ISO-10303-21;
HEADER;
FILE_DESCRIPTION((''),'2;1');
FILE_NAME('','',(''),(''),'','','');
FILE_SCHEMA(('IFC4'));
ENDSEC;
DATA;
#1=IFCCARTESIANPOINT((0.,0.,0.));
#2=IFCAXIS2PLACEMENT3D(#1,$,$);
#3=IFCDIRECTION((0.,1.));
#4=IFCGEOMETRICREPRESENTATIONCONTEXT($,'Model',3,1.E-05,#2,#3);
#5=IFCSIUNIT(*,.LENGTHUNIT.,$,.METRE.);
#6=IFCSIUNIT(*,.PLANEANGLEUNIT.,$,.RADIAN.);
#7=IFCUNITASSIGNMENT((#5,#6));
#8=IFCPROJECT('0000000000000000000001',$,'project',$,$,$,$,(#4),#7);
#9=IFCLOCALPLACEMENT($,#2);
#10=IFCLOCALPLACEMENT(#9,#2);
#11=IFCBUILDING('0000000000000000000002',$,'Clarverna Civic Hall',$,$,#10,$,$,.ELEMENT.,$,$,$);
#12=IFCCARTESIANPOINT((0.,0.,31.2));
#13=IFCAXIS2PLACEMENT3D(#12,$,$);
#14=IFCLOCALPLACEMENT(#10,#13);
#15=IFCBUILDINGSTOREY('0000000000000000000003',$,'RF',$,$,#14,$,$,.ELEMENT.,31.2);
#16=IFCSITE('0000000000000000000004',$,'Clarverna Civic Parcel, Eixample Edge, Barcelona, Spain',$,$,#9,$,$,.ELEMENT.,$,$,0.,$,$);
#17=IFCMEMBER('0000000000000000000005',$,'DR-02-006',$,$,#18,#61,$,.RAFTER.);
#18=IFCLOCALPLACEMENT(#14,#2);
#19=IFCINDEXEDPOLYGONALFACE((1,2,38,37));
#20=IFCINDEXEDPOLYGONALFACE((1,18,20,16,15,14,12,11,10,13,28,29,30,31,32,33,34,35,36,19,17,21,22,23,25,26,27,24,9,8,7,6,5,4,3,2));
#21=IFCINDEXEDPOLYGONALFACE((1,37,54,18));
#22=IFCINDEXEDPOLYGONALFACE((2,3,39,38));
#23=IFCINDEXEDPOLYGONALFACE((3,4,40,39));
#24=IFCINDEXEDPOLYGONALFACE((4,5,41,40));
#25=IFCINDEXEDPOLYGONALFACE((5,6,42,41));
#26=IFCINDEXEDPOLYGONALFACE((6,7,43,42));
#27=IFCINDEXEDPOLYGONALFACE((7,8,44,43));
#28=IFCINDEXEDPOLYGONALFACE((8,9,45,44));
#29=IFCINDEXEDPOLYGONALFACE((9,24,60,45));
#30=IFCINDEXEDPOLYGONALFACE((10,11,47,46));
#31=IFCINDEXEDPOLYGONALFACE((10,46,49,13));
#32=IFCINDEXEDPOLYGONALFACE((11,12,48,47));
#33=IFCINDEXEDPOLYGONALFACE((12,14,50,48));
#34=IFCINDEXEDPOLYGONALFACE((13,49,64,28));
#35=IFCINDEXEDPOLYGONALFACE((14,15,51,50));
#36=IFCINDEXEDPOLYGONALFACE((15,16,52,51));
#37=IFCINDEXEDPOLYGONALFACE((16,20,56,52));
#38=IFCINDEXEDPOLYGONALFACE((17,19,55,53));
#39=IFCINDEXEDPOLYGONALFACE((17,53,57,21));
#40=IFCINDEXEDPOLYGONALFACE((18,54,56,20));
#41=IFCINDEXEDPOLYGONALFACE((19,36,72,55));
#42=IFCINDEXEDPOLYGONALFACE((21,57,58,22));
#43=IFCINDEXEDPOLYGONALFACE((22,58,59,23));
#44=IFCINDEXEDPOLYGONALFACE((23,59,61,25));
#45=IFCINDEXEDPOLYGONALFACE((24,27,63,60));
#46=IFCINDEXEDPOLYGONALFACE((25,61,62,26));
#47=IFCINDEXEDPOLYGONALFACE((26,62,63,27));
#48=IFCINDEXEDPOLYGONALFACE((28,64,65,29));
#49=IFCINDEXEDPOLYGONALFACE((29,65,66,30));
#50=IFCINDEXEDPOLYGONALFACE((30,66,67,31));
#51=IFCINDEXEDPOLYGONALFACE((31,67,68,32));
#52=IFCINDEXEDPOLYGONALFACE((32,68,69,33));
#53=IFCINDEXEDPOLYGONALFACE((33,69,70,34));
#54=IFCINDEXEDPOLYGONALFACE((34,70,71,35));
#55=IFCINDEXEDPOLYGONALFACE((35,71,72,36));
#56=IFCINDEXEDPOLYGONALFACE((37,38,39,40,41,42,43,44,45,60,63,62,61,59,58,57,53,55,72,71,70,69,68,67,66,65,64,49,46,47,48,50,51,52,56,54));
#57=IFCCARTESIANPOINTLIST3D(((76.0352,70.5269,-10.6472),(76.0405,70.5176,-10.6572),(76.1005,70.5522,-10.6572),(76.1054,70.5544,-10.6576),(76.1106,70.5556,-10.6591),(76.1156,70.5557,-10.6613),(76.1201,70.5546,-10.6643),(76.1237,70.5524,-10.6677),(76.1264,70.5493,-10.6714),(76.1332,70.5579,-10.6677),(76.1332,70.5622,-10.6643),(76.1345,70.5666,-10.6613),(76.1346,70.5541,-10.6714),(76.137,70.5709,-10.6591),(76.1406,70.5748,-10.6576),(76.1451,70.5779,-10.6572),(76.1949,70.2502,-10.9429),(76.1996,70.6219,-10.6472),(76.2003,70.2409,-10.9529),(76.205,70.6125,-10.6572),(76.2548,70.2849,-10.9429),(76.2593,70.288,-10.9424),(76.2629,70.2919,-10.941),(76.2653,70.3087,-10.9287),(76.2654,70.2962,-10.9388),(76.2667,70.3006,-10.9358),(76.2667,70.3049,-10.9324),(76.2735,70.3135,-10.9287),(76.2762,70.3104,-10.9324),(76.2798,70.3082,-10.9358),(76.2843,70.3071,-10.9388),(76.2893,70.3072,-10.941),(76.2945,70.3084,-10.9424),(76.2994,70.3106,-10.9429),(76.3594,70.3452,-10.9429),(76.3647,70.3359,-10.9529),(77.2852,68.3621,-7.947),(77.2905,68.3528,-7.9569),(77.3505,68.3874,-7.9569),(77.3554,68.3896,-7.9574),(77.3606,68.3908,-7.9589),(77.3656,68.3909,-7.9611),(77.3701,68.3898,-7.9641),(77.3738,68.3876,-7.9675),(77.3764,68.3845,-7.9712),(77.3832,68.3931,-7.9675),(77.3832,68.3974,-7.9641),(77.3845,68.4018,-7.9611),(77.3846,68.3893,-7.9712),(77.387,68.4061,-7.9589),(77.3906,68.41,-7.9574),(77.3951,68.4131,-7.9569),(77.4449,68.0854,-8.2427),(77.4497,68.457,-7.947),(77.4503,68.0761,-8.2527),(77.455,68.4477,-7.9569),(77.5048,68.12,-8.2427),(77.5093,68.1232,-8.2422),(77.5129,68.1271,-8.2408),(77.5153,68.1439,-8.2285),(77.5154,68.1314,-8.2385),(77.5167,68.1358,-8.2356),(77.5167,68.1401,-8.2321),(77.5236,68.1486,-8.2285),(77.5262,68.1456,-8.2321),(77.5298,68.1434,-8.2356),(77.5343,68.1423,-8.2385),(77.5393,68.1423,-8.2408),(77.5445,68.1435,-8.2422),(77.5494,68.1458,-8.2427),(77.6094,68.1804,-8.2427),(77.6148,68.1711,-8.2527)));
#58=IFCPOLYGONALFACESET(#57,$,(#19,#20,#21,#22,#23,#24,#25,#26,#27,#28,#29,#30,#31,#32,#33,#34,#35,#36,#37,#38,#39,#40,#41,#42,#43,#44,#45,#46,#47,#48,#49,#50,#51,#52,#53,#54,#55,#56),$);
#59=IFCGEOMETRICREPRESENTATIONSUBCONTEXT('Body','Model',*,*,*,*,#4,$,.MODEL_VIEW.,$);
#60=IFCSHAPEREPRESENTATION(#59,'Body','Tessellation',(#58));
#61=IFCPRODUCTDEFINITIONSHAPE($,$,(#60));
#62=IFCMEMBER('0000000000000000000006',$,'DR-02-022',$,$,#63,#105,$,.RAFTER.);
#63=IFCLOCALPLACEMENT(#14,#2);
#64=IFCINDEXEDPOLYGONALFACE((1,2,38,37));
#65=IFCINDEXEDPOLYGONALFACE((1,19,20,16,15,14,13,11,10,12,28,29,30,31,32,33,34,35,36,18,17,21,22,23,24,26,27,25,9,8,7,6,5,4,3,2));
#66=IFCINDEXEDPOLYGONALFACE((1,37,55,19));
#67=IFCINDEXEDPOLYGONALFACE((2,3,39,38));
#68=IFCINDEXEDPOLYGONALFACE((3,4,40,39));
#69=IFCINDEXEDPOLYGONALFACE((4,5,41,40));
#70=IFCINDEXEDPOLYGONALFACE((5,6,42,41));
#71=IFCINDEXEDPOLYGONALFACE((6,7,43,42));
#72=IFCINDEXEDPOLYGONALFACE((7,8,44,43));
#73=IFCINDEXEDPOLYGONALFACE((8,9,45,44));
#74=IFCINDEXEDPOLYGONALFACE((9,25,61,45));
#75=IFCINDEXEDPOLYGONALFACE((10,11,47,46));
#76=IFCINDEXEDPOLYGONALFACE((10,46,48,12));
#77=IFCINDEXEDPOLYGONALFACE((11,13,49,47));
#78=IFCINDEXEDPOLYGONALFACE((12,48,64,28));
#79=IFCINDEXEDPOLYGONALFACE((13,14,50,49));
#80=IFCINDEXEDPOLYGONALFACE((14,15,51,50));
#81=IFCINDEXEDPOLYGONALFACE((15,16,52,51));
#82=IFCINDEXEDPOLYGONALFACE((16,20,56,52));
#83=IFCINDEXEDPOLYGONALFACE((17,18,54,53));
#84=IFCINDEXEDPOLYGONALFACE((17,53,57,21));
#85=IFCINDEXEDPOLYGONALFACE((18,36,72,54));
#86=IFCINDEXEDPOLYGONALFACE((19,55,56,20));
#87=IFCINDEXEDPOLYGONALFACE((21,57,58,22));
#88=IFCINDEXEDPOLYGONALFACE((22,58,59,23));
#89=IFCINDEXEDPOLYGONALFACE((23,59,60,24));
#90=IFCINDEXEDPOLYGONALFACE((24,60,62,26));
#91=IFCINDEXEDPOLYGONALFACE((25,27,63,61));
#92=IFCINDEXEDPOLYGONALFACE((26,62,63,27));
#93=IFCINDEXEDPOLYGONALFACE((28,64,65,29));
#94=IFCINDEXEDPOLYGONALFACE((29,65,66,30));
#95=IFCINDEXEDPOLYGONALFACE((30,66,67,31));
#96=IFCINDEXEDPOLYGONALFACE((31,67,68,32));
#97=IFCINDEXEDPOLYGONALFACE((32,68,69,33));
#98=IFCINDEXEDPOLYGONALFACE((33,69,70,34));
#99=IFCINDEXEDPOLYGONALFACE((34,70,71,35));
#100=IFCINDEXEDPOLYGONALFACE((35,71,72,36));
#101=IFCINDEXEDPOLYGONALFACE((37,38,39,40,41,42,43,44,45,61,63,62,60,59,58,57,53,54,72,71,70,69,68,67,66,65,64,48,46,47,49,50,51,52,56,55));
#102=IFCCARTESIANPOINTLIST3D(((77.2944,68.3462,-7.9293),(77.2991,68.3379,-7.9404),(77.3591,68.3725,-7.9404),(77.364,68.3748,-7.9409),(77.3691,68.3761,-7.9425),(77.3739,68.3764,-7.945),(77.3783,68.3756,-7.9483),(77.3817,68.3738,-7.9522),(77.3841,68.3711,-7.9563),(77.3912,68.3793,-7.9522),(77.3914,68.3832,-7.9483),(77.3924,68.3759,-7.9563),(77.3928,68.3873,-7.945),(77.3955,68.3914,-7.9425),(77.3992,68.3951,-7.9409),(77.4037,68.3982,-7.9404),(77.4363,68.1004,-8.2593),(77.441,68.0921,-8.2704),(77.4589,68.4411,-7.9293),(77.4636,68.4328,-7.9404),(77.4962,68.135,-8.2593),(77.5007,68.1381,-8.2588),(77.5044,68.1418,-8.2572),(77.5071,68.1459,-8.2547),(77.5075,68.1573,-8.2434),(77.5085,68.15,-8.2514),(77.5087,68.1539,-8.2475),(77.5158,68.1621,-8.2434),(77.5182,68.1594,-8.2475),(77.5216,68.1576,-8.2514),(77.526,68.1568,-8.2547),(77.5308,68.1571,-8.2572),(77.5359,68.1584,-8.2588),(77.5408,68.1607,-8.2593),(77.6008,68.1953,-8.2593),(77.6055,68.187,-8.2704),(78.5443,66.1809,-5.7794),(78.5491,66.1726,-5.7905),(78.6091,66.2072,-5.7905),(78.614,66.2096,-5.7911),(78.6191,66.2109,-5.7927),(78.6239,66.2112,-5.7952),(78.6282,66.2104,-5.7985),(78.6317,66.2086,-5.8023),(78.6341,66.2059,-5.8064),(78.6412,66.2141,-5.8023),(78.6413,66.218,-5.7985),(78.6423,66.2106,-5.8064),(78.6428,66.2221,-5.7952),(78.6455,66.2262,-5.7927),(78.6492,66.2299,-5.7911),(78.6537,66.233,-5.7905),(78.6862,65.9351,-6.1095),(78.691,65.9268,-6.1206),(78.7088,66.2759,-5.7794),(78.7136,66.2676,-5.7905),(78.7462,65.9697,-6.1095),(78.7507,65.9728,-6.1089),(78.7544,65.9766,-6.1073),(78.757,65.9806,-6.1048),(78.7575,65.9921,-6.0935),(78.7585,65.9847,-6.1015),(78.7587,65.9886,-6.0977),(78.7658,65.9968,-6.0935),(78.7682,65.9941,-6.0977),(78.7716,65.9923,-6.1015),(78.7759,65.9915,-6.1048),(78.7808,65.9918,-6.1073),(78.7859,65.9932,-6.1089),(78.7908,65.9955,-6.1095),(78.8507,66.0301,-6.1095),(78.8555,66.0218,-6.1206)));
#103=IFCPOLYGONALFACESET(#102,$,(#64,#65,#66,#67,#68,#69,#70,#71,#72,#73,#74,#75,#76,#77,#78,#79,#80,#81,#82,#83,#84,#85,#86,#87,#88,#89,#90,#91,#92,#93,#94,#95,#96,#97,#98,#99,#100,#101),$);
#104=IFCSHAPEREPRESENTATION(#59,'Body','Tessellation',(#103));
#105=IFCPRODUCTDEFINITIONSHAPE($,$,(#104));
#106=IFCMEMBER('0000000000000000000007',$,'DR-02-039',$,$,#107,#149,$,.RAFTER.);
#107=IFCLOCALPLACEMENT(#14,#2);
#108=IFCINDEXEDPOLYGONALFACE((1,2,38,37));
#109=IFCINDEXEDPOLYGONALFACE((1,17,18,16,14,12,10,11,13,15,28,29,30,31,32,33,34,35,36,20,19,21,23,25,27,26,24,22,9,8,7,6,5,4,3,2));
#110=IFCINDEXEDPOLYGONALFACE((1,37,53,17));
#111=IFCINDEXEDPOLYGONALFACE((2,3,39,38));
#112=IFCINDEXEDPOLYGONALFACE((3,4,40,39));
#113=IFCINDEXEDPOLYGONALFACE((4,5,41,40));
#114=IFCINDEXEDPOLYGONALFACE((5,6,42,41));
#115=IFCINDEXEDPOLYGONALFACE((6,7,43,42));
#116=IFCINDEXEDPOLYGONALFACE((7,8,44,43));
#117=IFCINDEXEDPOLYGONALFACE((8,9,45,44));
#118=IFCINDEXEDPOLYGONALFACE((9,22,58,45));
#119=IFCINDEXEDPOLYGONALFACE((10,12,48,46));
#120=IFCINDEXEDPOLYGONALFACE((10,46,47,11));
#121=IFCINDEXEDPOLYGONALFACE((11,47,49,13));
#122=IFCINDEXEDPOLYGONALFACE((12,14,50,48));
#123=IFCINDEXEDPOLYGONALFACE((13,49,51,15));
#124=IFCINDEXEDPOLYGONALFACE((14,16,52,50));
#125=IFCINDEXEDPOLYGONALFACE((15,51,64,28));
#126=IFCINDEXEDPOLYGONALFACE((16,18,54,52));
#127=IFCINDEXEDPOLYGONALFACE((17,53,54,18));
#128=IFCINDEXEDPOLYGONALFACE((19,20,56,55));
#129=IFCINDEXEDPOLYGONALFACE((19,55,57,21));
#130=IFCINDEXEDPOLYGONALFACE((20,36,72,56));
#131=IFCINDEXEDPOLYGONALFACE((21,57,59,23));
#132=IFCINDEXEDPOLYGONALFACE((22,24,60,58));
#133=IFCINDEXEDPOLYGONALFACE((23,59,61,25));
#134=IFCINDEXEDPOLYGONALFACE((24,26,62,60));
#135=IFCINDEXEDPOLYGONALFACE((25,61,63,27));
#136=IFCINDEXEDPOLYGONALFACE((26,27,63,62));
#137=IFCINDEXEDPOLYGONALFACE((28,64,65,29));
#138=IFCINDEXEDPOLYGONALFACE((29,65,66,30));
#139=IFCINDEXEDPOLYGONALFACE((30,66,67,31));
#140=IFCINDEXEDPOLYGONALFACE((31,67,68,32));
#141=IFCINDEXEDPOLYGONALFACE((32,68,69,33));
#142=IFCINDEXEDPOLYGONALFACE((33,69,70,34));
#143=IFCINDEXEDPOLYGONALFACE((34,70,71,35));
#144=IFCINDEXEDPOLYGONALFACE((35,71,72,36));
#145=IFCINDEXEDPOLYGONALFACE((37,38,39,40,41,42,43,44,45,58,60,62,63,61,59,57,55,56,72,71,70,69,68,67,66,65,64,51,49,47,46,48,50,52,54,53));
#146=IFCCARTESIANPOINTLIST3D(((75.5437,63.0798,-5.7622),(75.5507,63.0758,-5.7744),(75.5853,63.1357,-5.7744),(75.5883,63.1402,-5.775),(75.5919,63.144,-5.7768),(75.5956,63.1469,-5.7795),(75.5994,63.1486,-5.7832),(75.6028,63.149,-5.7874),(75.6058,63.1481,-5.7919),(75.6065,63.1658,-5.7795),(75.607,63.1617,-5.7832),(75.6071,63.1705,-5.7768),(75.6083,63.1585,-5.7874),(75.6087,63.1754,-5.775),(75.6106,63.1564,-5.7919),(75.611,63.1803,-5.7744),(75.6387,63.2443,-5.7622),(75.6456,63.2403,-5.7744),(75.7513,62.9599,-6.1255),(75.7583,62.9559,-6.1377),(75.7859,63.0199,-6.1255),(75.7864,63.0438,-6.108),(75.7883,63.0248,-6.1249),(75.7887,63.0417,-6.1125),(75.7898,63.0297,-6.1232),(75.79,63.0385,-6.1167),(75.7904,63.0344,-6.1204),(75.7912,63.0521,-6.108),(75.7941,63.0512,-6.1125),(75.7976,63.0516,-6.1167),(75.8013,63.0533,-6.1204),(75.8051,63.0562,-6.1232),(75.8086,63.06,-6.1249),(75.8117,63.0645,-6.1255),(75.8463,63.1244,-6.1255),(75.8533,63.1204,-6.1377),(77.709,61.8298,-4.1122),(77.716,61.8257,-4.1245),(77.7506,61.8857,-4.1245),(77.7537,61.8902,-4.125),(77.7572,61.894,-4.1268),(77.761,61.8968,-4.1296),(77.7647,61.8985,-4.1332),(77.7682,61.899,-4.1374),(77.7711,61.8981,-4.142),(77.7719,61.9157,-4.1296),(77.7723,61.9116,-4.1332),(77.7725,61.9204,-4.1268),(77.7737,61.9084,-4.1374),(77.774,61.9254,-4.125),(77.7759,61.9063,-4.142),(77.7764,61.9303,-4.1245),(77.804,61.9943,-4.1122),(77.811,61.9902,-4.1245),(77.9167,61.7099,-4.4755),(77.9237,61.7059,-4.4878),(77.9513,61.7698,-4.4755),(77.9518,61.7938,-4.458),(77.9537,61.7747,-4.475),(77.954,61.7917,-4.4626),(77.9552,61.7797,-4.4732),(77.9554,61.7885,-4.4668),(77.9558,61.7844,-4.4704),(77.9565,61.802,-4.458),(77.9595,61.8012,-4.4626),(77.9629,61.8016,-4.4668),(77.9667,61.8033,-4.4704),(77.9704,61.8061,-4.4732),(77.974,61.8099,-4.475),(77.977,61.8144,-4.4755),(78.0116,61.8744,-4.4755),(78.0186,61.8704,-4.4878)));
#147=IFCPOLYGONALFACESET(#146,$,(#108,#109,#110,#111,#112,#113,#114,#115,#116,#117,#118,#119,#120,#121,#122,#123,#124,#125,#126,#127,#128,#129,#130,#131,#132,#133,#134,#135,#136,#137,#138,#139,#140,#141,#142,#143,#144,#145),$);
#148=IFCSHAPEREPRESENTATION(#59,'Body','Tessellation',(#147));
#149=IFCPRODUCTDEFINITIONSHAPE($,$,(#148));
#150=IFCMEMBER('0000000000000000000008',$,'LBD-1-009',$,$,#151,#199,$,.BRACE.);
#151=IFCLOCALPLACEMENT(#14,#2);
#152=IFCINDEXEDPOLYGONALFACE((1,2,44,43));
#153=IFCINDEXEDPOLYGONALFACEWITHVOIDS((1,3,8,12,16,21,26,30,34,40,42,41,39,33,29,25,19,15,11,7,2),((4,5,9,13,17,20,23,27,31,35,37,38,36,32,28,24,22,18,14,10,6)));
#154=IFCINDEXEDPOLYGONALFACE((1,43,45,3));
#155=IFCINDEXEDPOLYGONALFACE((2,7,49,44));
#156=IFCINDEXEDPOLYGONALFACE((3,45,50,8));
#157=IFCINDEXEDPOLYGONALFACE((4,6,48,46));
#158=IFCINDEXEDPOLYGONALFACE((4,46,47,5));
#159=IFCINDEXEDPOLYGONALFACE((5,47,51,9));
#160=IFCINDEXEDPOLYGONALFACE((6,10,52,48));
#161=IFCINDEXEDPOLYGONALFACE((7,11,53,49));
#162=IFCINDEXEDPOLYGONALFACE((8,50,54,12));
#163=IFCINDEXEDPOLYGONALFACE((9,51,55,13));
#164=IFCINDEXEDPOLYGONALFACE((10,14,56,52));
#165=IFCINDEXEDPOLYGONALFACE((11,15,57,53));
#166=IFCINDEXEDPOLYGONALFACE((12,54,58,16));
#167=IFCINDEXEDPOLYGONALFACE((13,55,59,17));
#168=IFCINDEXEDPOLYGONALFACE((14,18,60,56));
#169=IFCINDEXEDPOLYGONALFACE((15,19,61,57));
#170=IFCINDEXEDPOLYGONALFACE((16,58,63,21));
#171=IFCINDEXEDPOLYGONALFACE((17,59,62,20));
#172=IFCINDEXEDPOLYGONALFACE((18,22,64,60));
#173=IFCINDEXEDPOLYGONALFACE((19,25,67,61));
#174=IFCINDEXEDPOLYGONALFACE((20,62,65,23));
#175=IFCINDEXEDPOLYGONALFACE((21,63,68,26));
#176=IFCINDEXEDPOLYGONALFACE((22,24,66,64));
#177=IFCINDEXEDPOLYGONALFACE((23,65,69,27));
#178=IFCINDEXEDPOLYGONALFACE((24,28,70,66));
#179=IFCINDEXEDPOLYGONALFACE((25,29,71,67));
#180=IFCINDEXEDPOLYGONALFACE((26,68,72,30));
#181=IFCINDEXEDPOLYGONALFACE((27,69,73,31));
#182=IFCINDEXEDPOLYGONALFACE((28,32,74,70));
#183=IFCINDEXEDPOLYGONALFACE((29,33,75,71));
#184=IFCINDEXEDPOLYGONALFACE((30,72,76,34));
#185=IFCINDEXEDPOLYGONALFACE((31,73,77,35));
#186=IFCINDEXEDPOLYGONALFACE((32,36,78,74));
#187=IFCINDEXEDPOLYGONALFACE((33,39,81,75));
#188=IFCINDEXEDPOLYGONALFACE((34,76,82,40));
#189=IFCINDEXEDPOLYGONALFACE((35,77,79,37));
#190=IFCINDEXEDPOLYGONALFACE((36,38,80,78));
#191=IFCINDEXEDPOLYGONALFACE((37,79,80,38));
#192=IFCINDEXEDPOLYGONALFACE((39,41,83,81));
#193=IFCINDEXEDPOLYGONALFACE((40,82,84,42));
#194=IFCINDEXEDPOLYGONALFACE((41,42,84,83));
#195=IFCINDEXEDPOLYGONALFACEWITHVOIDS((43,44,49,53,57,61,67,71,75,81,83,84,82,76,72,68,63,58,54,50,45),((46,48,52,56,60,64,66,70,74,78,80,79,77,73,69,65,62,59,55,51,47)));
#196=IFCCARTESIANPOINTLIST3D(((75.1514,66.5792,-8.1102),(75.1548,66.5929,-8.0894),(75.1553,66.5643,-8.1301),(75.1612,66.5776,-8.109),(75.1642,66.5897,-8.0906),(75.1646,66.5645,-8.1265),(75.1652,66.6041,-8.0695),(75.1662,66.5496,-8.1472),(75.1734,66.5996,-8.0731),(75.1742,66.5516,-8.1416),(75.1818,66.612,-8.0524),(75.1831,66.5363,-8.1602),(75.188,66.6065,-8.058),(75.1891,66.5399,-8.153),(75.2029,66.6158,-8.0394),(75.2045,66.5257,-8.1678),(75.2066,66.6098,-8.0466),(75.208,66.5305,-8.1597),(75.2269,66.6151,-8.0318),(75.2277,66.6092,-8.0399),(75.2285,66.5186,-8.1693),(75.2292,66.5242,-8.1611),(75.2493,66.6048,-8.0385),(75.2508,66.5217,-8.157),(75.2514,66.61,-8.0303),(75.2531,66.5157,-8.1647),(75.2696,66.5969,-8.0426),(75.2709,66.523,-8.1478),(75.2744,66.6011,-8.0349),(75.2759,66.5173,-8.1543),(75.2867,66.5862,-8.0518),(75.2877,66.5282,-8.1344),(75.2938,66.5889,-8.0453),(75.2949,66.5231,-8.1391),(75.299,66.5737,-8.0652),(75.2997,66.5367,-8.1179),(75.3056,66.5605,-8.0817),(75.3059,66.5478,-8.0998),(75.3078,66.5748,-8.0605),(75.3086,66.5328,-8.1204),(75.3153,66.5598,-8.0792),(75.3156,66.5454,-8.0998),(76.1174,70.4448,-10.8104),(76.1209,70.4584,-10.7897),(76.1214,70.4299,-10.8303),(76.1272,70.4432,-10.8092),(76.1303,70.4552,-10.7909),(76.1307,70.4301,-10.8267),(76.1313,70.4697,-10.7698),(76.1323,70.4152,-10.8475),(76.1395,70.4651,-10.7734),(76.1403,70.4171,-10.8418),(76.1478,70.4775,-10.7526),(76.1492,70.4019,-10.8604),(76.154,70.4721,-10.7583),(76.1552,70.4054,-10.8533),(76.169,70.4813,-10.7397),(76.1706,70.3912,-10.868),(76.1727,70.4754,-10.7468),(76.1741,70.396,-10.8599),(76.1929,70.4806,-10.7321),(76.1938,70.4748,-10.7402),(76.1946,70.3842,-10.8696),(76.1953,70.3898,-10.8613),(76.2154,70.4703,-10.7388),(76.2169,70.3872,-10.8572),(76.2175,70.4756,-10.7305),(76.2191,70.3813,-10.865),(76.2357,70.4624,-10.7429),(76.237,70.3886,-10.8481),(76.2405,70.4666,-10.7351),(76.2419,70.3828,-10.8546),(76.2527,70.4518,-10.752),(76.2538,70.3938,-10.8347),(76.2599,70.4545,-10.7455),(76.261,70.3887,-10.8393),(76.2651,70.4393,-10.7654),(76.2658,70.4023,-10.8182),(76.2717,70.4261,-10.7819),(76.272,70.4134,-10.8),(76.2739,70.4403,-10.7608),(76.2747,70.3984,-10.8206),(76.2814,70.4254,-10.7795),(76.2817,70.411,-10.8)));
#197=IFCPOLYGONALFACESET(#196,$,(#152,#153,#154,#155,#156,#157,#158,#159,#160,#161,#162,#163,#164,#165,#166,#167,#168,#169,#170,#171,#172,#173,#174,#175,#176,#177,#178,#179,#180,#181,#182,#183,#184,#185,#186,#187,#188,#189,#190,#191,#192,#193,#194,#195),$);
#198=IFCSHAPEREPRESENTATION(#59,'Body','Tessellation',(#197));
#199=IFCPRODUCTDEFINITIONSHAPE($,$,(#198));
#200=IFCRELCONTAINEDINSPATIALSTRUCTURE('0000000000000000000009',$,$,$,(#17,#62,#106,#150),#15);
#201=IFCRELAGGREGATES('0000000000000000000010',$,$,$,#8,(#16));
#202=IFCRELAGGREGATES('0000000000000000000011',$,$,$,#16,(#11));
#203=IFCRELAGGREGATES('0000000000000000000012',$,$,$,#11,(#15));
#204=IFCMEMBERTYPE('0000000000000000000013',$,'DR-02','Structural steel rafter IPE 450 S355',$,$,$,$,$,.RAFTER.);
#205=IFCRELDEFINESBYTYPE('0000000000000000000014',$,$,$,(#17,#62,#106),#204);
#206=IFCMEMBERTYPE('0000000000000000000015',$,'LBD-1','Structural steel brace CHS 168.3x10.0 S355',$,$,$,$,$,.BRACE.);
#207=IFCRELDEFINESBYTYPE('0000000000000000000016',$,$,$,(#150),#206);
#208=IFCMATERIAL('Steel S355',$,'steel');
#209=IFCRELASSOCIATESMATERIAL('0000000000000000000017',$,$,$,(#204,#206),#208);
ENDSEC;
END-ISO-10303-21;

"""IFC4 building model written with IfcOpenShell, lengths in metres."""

from ifc_helpers import new_model, si_unit, direction, frame, origin, origin_2d, place, context, subcontext, project, spatial, hollow_circle, i_section, extrude, material, material_profile, profile_set, type_object, element, save


model = new_model("IFC4")

# Units and contexts
model_context = context("Model", 3, precision=1e-05, world=origin(), true_north=direction((0.0, 1.0)))
body_context = subcontext(model_context, "Body", "Model", "MODEL_VIEW")
ifc_project = project(units=[si_unit("LENGTHUNIT", "METRE"), si_unit("PLANEANGLEUNIT", "RADIAN")], contexts=[model_context])

# Site, building, storey
site_placement = place(None, origin())
site = spatial("IfcSite", under=ifc_project, at=site_placement, Name="Clarverna Civic Parcel, Eixample Edge, Barcelona, Spain", CompositionType="ELEMENT", RefElevation=0.0)
building_placement = place(site_placement, origin())
building = spatial("IfcBuilding", under=site, at=building_placement, Name="Clarverna Civic Hall", CompositionType="ELEMENT")
storey_placement = place(building_placement, frame((0.0, 0.0, 31.2)))
storey = spatial("IfcBuildingStorey", under=building, at=storey_placement, Name="RF", CompositionType="ELEMENT", Elevation=31.2)

# Members
ifc_material_1 = material(Name="Steel S355", Category="steel")
ifc_material_profile_1 = material_profile(ifc_material_1, i_section(OverallWidth=0.1899, OverallDepth=0.45, WebThickness=0.0095, FlangeThickness=0.0146, FilletRadius=0.021, at=origin_2d()), Name="IPE 450")
ifc_profile_set_1 = profile_set([ifc_material_profile_1], Name="Steel S355")
member_type_1 = type_object("IfcMemberType", Name="DR-02", Description="Structural steel rafter IPE 450 S355", PredefinedType="RAFTER", material=ifc_profile_set_1)
member_1_placement = place(storey_placement, frame((76.2, 70.4314, -10.8), z_axis=(0.339705, -0.588314, 0.733817), x_axis=(0.865999, 0.500047, 0.0)))
element("IfcMember", 1, at=member_1_placement, inside=storey, type_object=member_type_1, Name="DR-02-006", PredefinedType="RAFTER", context=body_context, shape_type="SweptSolid", body=[
    extrude(i_section(OverallWidth=0.1899, OverallDepth=0.45, WebThickness=0.0095, FlangeThickness=0.0146, FilletRadius=0.021, at=origin_2d()), origin(), (0.0, 0.0, 1.0), 3.6797),
])
member_2_placement = place(storey_placement, frame((77.45, 68.2666, -8.0999), z_axis=(0.379083, -0.656658, 0.651994), x_axis=(0.866047, 0.499962, 0.0)))
element("IfcMember", 2, at=member_2_placement, inside=storey, type_object=member_type_1, Name="DR-02-022", PredefinedType="RAFTER", context=body_context, shape_type="SweptSolid", body=[
    extrude(i_section(OverallWidth=0.1899, OverallDepth=0.45, WebThickness=0.0095, FlangeThickness=0.0146, FilletRadius=0.021, at=origin_2d()), origin(), (0.0, 0.0, 1.0), 3.2974),
])
member_3_placement = place(storey_placement, frame((75.6985, 63.1001, -5.95), z_axis=(0.722841, -0.41729, 0.55079), x_axis=(0.499962, 0.866047, 0.0)))
element("IfcMember", 3, at=member_3_placement, inside=storey, type_object=member_type_1, Name="DR-02-039", PredefinedType="RAFTER", context=body_context, shape_type="SweptSolid", body=[
    extrude(i_section(OverallWidth=0.1899, OverallDepth=0.45, WebThickness=0.0095, FlangeThickness=0.0146, FilletRadius=0.021, at=origin_2d()), origin(), (0.0, 0.0, 1.0), 2.9956),
])
ifc_material_profile_2 = material_profile(ifc_material_1, hollow_circle(Radius=0.0842, WallThickness=0.01, at=origin_2d()), Name="CHS 168.3x10.0")
ifc_profile_set_2 = profile_set([ifc_material_profile_2], Name="Steel S355")
member_type_2 = type_object("IfcMemberType", Name="LBD-1", Description="Structural steel brace CHS 168.3x10.0 S355", PredefinedType="BRACE", material=ifc_profile_set_2)
member_4_placement = place(storey_placement, frame((76.2, 70.4314, -10.8), z_axis=(-0.200714, -0.803111, 0.561006), x_axis=(0.970161, -0.242464, 0.0)))
element("IfcMember", 4, at=member_4_placement, inside=storey, type_object=member_type_2, Name="LBD-1-009", PredefinedType="BRACE", context=body_context, shape_type="SweptSolid", body=[
    extrude(hollow_circle(Radius=0.0842, WallThickness=0.01, at=origin_2d()), origin(), (0.0, 0.0, 1.0), 4.8132),
])

save(model, "model.ifc")
